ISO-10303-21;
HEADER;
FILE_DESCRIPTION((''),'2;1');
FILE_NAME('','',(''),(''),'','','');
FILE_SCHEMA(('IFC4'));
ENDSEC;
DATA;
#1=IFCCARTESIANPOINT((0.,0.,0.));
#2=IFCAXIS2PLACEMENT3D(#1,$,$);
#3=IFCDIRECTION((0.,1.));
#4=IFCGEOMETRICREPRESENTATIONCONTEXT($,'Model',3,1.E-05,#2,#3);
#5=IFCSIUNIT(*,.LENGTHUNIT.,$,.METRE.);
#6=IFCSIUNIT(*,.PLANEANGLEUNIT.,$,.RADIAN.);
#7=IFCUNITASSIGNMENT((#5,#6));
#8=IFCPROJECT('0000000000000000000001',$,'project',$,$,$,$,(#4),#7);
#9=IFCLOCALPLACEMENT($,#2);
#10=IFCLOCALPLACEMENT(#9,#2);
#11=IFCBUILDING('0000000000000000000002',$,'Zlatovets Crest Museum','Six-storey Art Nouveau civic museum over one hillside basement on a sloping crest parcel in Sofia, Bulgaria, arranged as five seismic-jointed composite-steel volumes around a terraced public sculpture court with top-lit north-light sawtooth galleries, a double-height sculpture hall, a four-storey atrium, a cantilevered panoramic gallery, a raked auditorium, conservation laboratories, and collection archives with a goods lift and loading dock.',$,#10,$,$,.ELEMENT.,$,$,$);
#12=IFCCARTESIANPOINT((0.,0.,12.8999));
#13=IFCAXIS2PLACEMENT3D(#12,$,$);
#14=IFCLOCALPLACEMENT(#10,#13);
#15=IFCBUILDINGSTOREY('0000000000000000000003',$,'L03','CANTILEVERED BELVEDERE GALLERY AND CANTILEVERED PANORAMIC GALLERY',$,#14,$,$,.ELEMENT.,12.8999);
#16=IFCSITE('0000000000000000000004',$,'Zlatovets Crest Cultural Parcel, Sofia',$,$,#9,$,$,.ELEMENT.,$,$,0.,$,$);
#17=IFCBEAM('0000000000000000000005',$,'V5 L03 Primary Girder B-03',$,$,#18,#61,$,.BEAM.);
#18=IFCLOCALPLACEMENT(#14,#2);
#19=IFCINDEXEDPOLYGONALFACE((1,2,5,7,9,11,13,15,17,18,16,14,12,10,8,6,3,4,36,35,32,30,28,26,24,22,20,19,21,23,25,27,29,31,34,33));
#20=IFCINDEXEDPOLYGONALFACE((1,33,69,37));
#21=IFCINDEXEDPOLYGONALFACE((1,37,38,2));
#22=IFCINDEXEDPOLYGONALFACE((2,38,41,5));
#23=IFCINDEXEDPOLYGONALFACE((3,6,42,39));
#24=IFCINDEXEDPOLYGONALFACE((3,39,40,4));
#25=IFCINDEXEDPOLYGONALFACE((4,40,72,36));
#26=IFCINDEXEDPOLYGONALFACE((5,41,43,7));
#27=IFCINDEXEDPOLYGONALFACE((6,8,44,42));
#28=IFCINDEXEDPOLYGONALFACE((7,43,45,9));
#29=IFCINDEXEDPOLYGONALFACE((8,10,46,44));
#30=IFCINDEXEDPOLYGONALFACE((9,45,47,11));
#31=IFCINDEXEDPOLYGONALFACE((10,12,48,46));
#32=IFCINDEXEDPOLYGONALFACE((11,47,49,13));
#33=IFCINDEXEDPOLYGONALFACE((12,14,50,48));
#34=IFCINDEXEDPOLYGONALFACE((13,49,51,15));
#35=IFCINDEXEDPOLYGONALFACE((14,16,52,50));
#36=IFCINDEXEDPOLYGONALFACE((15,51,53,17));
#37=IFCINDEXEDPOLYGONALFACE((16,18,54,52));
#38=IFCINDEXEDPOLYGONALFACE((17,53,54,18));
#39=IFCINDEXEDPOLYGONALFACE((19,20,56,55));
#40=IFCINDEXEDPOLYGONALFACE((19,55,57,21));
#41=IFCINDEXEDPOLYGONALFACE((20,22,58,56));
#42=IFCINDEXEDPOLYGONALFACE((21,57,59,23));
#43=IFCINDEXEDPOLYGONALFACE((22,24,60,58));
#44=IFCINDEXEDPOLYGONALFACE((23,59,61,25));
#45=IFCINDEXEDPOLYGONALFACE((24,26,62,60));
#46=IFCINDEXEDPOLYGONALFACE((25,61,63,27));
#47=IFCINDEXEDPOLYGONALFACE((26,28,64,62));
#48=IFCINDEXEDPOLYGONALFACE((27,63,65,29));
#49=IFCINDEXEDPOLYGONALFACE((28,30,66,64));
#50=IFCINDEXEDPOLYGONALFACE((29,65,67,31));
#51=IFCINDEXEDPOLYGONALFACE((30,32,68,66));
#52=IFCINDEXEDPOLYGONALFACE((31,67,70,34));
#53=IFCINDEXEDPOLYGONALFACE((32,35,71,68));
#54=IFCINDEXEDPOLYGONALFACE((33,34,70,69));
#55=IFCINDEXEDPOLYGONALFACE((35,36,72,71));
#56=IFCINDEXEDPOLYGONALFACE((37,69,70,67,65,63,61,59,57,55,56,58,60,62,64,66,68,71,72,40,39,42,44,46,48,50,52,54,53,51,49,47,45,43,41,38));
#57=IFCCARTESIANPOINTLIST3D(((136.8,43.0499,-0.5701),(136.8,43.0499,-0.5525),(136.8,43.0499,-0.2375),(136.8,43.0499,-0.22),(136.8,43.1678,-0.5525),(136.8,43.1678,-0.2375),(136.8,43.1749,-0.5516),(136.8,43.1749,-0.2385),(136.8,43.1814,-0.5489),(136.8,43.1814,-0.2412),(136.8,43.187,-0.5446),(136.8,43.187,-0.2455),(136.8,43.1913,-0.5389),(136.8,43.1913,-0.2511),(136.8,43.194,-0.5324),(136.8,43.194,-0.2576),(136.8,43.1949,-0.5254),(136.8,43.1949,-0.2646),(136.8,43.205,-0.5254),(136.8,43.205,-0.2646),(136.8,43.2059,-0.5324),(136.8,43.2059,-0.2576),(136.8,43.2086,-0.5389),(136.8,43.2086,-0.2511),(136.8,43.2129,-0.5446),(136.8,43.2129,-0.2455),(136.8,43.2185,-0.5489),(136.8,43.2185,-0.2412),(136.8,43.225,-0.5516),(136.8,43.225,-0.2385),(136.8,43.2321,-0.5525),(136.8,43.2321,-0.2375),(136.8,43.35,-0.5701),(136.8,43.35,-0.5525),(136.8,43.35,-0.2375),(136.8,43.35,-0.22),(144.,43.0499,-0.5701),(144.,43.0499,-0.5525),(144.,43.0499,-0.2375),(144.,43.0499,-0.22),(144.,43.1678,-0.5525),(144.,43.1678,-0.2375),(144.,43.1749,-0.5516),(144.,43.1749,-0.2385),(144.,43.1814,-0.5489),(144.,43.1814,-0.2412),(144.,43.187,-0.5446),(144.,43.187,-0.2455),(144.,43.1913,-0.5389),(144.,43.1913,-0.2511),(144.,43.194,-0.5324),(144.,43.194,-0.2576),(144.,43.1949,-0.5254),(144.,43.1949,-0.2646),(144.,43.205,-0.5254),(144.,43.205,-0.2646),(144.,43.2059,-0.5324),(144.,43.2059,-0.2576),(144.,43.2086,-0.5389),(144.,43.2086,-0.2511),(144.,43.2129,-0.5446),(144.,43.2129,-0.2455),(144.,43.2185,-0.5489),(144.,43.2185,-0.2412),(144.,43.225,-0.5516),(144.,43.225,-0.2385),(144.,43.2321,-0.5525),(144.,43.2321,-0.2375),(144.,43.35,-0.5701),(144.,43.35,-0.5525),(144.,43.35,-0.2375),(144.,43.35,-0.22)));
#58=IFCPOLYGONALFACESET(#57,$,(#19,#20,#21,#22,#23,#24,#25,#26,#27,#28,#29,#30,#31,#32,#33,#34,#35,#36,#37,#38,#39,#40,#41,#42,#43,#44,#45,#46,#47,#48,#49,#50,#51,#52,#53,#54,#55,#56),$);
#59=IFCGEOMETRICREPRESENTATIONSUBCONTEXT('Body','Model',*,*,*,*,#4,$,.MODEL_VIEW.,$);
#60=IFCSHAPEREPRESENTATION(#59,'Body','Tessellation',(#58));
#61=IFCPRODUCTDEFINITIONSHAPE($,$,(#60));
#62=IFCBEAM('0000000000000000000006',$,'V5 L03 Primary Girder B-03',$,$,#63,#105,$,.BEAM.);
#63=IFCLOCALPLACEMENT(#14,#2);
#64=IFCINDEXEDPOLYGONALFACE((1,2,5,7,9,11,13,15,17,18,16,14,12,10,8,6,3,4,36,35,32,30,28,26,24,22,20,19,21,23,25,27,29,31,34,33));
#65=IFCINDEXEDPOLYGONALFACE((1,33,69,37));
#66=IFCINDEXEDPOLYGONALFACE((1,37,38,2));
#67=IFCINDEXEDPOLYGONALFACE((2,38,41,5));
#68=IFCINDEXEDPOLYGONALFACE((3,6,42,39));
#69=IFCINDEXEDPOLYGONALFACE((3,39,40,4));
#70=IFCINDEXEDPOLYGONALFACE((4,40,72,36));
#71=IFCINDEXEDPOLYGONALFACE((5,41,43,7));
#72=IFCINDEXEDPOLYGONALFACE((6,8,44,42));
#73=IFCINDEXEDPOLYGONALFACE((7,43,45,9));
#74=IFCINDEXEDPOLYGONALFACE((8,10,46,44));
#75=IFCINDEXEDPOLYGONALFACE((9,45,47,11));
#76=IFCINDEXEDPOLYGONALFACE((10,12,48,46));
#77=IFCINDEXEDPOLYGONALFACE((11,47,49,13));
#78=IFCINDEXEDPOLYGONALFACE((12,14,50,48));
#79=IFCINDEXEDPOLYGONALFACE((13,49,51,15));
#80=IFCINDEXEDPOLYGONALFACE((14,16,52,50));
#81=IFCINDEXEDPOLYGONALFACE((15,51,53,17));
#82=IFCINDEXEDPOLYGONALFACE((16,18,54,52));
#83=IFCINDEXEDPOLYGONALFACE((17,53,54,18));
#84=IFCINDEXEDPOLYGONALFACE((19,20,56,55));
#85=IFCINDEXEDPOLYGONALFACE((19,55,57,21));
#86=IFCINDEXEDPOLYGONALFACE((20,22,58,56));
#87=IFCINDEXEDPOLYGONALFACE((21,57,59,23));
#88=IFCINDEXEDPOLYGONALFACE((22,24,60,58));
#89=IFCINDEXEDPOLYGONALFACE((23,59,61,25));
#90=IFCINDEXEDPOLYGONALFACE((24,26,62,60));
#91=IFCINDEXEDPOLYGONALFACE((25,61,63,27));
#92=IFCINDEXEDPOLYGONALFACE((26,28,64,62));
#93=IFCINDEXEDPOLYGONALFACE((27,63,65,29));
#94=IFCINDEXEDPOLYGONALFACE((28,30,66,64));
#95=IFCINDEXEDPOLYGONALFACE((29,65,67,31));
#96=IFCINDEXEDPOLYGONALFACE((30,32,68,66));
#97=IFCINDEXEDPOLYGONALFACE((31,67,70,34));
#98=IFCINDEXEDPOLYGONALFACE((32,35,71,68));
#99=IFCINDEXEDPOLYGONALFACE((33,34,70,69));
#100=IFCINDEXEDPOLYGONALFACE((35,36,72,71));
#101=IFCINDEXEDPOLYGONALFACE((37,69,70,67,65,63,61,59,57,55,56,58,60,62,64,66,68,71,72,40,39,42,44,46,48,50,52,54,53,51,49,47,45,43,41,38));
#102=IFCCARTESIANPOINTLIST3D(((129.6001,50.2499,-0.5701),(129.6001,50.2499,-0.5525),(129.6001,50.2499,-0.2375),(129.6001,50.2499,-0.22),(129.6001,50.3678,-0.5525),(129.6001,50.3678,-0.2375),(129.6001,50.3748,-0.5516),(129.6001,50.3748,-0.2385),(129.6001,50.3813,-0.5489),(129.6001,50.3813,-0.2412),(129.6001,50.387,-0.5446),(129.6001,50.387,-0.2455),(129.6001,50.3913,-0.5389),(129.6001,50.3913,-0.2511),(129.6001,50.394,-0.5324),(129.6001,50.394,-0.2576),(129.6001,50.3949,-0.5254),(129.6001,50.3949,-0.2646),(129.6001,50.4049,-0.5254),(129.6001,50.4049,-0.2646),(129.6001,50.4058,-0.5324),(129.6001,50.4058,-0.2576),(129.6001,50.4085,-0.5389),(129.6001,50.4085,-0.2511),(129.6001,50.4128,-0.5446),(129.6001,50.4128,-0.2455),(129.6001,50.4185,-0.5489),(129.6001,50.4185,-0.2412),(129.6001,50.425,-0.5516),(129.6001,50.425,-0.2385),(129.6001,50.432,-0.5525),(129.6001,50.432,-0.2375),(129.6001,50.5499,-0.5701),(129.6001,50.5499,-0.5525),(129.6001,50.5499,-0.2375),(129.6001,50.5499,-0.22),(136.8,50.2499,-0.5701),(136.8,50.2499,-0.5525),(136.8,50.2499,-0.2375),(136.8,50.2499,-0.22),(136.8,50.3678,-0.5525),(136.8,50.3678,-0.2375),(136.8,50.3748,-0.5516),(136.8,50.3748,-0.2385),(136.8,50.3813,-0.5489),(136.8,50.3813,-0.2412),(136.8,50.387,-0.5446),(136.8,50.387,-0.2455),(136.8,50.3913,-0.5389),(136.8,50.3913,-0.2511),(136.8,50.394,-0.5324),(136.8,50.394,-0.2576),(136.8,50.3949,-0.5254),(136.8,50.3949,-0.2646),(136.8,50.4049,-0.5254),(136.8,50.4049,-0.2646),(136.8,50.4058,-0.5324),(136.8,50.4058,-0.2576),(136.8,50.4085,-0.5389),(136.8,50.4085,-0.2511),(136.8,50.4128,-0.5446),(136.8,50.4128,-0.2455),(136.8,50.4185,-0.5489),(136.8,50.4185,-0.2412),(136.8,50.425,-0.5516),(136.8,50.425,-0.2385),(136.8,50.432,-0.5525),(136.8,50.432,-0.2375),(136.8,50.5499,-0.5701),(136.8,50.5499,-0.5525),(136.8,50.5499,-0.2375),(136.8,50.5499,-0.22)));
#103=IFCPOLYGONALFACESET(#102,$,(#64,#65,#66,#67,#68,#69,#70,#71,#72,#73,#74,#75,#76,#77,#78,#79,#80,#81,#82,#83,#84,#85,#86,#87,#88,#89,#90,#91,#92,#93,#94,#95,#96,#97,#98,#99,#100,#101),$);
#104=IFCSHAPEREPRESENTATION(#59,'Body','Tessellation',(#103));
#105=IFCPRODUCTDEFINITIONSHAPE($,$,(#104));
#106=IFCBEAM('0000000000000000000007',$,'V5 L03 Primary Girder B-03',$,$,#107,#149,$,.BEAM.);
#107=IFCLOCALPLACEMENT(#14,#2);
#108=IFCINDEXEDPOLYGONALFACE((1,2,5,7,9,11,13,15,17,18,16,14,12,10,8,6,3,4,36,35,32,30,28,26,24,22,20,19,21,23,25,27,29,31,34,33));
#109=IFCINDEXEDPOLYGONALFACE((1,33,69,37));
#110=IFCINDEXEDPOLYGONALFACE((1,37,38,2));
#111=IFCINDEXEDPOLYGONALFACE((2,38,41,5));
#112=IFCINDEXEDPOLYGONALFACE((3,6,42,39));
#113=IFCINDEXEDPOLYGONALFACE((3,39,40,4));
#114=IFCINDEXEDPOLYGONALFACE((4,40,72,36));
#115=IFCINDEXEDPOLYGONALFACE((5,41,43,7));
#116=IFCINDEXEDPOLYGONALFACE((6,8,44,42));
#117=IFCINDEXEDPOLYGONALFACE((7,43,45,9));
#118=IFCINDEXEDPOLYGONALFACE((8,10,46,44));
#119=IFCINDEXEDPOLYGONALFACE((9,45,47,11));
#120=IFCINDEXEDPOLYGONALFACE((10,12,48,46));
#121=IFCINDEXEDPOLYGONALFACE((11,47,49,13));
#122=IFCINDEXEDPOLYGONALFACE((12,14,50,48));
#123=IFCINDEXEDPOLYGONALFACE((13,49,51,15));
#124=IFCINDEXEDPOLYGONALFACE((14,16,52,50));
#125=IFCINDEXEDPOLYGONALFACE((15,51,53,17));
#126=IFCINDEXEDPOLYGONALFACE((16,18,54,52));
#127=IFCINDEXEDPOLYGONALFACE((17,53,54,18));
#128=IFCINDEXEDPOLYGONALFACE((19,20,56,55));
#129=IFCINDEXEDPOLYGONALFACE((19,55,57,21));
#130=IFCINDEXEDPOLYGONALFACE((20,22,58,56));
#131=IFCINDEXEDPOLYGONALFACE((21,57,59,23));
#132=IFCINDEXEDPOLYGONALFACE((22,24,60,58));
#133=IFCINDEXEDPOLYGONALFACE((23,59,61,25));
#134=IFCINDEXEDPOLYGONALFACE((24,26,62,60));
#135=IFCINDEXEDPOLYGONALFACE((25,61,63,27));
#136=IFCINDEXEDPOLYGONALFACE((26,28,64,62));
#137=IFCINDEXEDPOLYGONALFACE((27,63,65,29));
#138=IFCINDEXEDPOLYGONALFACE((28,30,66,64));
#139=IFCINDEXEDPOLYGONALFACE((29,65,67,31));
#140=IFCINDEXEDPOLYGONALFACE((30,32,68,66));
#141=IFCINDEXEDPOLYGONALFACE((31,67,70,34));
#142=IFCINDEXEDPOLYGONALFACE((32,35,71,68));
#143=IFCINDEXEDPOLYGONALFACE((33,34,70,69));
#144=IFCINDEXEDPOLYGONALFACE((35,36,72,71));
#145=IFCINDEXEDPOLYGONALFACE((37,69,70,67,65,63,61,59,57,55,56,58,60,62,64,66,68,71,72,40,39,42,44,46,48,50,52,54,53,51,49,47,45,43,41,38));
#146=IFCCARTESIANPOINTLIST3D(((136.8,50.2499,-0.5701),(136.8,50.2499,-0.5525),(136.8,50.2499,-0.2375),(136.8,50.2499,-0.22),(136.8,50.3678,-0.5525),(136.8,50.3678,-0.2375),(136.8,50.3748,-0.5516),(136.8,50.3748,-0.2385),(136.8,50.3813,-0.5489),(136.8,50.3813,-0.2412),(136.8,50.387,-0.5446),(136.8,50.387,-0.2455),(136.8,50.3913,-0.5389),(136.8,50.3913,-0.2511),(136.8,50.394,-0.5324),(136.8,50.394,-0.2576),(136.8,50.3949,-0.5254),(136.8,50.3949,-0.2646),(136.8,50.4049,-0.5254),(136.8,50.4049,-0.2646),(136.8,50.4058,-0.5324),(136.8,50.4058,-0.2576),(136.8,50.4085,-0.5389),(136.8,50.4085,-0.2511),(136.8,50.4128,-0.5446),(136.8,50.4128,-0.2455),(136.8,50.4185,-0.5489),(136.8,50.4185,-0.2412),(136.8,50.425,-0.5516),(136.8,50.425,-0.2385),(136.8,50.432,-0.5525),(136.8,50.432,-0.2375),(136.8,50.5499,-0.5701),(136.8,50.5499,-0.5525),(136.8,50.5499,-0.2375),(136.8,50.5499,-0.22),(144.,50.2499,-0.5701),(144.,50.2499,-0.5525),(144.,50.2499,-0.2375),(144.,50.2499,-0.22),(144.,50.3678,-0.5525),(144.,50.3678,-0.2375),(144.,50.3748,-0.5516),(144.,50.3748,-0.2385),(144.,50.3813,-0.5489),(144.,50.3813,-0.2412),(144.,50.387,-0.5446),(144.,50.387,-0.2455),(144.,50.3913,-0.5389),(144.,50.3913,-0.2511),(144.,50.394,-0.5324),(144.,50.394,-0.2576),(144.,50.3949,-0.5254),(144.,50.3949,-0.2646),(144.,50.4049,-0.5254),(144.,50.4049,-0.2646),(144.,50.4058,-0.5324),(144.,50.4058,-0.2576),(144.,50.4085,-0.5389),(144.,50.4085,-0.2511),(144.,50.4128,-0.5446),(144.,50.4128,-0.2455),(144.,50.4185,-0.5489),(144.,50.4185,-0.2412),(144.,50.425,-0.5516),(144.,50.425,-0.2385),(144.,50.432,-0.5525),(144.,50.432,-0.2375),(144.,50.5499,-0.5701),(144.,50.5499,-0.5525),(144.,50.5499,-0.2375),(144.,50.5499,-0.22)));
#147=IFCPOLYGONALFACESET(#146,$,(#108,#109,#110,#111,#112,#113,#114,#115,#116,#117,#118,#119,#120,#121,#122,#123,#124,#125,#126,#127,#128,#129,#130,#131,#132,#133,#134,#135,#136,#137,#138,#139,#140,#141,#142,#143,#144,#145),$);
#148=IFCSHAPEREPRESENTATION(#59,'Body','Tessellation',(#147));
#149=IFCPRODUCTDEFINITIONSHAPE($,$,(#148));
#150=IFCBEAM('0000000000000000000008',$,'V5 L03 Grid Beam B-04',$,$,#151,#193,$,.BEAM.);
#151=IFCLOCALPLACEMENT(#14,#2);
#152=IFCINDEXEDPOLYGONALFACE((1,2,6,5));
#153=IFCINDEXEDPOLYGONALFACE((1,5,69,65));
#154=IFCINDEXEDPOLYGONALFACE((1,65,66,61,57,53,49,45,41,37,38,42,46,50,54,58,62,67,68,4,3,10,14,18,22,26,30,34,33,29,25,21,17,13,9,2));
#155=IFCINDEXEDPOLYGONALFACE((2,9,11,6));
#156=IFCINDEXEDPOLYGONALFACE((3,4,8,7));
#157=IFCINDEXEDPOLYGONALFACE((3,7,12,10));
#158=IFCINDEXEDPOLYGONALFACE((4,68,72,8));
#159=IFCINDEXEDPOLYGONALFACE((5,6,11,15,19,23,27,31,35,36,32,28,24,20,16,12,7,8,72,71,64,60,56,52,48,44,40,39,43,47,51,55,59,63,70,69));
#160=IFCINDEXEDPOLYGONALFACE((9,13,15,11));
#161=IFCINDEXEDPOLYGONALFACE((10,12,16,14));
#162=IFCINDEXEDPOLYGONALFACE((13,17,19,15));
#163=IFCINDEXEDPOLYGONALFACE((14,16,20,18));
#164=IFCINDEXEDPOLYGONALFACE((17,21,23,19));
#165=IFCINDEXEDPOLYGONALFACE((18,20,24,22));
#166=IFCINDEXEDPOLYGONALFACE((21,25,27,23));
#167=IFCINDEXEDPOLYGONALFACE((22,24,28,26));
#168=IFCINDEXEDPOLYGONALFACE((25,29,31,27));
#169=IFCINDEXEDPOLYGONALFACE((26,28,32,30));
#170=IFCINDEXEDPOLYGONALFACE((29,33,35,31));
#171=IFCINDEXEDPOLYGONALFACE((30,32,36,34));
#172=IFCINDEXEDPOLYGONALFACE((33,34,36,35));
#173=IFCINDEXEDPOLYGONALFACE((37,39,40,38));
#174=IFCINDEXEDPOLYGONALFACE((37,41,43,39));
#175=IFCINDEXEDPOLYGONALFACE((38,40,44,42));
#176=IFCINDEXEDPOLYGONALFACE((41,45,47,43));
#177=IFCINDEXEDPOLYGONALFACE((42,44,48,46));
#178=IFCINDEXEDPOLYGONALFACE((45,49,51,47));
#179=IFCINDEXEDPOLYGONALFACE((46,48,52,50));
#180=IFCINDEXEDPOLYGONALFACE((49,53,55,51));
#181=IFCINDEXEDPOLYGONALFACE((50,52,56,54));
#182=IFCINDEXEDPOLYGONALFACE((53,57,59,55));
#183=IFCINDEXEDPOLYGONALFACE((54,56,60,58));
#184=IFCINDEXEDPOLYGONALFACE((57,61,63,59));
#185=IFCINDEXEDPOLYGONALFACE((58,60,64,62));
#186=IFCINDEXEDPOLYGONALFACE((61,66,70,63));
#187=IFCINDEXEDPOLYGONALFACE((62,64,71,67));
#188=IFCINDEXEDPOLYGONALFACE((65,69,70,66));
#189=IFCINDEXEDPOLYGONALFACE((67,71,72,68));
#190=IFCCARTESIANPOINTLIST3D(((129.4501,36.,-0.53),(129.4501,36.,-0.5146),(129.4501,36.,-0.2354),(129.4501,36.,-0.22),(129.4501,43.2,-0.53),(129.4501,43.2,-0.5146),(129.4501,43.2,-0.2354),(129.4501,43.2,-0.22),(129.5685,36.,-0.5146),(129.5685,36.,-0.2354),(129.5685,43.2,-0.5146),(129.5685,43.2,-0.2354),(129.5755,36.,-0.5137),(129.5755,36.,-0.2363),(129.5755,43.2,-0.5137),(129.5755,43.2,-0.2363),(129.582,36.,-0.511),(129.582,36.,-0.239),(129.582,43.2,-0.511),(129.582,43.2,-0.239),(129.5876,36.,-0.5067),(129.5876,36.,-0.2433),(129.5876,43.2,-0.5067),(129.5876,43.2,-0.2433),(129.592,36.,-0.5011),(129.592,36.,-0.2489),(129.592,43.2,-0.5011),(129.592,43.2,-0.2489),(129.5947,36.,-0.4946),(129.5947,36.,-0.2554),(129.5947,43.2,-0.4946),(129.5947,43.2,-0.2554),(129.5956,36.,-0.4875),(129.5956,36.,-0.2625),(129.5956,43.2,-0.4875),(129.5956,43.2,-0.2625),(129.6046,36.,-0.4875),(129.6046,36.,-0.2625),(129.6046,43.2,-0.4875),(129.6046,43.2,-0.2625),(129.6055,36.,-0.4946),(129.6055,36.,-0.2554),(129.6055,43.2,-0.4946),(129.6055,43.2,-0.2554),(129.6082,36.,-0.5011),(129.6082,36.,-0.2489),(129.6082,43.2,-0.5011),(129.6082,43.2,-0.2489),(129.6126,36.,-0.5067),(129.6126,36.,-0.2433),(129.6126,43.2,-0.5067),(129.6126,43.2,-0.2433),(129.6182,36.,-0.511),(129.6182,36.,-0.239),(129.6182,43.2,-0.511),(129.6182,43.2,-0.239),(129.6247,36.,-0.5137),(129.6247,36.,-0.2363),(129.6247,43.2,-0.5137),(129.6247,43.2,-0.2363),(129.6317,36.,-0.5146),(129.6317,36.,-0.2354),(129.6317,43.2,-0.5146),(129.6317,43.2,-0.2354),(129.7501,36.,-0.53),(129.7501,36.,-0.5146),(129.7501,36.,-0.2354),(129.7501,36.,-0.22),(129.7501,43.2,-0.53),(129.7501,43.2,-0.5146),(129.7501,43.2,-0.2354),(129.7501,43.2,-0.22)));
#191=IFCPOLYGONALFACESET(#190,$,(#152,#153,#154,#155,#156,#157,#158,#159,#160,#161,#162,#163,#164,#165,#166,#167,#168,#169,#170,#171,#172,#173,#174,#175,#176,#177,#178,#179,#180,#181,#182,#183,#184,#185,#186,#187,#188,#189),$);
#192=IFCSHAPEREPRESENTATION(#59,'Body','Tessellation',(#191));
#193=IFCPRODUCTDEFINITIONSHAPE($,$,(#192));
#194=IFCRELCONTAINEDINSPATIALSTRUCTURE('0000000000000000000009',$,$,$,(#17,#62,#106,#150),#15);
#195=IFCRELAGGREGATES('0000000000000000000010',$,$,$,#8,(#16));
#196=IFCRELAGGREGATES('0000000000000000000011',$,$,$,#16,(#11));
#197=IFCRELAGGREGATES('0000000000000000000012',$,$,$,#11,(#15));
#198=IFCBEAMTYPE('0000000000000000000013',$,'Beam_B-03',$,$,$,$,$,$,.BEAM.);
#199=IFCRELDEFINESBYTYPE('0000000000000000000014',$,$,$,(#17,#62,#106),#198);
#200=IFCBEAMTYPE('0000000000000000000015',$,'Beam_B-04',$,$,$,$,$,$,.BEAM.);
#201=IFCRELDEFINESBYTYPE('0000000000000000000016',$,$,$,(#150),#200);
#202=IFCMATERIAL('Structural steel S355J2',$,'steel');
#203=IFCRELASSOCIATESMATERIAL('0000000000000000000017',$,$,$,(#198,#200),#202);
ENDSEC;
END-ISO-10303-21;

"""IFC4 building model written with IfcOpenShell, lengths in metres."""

from ifc_helpers import new_model, si_unit, direction, frame, origin, origin_2d, place, context, subcontext, project, spatial, i_section, extrude, material, material_profile, profile_set, type_object, element, save


model = new_model("IFC4")

# Units and contexts
model_context = context("Model", 3, precision=1e-05, world=origin(), true_north=direction((0.0, 1.0)))
body_context = subcontext(model_context, "Body", "Model", "MODEL_VIEW")
ifc_project = project(units=[si_unit("LENGTHUNIT", "METRE"), si_unit("PLANEANGLEUNIT", "RADIAN")], contexts=[model_context])

# Site, building, storey
site_placement = place(None, origin())
site = spatial("IfcSite", under=ifc_project, at=site_placement, Name="Zlatovets Crest Cultural Parcel, Sofia", CompositionType="ELEMENT", RefElevation=0.0)
building_placement = place(site_placement, origin())
building = spatial("IfcBuilding", under=site, at=building_placement, Name="Zlatovets Crest Museum", Description="Six-storey Art Nouveau civic museum over one hillside basement on a sloping crest parcel in Sofia, Bulgaria, arranged as five seismic-jointed composite-steel volumes around a terraced public sculpture court with top-lit north-light sawtooth galleries, a double-height sculpture hall, a four-storey atrium, a cantilevered panoramic gallery, a raked auditorium, conservation laboratories, and collection archives with a goods lift and loading dock.", CompositionType="ELEMENT")
storey_placement = place(building_placement, frame((0.0, 0.0, 12.8999)))
storey = spatial("IfcBuildingStorey", under=building, at=storey_placement, Name="L03", Description="CANTILEVERED BELVEDERE GALLERY AND CANTILEVERED PANORAMIC GALLERY", CompositionType="ELEMENT", Elevation=12.8999)

# Beams
ifc_material_1 = material(Name="Structural steel S355J2", Category="steel")
ifc_material_profile_1 = material_profile(ifc_material_1, i_section(OverallWidth=0.3, OverallDepth=0.3501, WebThickness=0.01, FlangeThickness=0.0176, FilletRadius=0.0271, at=origin_2d()), Name="HEA 360")
ifc_profile_set_1 = profile_set([ifc_material_profile_1], Name="Structural steel S355J2")
beam_type_1 = type_object("IfcBeamType", Name="Beam_B-03", PredefinedType="BEAM", material=ifc_profile_set_1)
for number, where, z_axis, x_axis, name in (
    (1, (136.8, 43.2, -0.395), (1.0, 0.0, 0.0), (0.0, 1.0, 0.0), "V5 L03 Primary Girder B-03"),
    (2, (129.6001, 50.3999, -0.395), (1.0, 0.0, 0.0), (0.0, 1.0, 0.0), "V5 L03 Primary Girder B-03"),
    (3, (136.8, 50.3999, -0.395), (1.0, 0.0, 0.0), (0.0, 1.0, 0.0), "V5 L03 Primary Girder B-03"),
):
    element("IfcBeam", number, at=place(storey_placement, frame(where, z_axis=z_axis, x_axis=x_axis)), inside=storey, type_object=beam_type_1, Name=name, PredefinedType="BEAM", context=body_context, shape_type="SweptSolid", body=[
        extrude(i_section(OverallWidth=0.3, OverallDepth=0.3501, WebThickness=0.01, FlangeThickness=0.0176, FilletRadius=0.0271, at=origin_2d()), origin(), (0.0, 0.0, 1.0), 7.2),
    ])
ifc_material_profile_2 = material_profile(ifc_material_1, i_section(OverallWidth=0.3, OverallDepth=0.3101, WebThickness=0.009, FlangeThickness=0.0154, FilletRadius=0.0271, at=origin_2d()), Name="HEA 320")
ifc_profile_set_2 = profile_set([ifc_material_profile_2], Name="Structural steel S355J2")
beam_type_2 = type_object("IfcBeamType", Name="Beam_B-04", PredefinedType="BEAM", material=ifc_profile_set_2)
for number, where, z_axis, x_axis, name in (
    (4, (129.6001, 36.0, -0.375), (0.0, 1.0, 0.0), (-1.0, 0.0, 0.0), "V5 L03 Grid Beam B-04"),
):
    element("IfcBeam", number, at=place(storey_placement, frame(where, z_axis=z_axis, x_axis=x_axis)), inside=storey, type_object=beam_type_2, Name=name, PredefinedType="BEAM", context=body_context, shape_type="SweptSolid", body=[
        extrude(i_section(OverallWidth=0.3, OverallDepth=0.3101, WebThickness=0.009, FlangeThickness=0.0154, FilletRadius=0.0271, at=origin_2d()), origin(), (0.0, 0.0, 1.0), 7.2),
    ])

save(model, "model.ifc")
